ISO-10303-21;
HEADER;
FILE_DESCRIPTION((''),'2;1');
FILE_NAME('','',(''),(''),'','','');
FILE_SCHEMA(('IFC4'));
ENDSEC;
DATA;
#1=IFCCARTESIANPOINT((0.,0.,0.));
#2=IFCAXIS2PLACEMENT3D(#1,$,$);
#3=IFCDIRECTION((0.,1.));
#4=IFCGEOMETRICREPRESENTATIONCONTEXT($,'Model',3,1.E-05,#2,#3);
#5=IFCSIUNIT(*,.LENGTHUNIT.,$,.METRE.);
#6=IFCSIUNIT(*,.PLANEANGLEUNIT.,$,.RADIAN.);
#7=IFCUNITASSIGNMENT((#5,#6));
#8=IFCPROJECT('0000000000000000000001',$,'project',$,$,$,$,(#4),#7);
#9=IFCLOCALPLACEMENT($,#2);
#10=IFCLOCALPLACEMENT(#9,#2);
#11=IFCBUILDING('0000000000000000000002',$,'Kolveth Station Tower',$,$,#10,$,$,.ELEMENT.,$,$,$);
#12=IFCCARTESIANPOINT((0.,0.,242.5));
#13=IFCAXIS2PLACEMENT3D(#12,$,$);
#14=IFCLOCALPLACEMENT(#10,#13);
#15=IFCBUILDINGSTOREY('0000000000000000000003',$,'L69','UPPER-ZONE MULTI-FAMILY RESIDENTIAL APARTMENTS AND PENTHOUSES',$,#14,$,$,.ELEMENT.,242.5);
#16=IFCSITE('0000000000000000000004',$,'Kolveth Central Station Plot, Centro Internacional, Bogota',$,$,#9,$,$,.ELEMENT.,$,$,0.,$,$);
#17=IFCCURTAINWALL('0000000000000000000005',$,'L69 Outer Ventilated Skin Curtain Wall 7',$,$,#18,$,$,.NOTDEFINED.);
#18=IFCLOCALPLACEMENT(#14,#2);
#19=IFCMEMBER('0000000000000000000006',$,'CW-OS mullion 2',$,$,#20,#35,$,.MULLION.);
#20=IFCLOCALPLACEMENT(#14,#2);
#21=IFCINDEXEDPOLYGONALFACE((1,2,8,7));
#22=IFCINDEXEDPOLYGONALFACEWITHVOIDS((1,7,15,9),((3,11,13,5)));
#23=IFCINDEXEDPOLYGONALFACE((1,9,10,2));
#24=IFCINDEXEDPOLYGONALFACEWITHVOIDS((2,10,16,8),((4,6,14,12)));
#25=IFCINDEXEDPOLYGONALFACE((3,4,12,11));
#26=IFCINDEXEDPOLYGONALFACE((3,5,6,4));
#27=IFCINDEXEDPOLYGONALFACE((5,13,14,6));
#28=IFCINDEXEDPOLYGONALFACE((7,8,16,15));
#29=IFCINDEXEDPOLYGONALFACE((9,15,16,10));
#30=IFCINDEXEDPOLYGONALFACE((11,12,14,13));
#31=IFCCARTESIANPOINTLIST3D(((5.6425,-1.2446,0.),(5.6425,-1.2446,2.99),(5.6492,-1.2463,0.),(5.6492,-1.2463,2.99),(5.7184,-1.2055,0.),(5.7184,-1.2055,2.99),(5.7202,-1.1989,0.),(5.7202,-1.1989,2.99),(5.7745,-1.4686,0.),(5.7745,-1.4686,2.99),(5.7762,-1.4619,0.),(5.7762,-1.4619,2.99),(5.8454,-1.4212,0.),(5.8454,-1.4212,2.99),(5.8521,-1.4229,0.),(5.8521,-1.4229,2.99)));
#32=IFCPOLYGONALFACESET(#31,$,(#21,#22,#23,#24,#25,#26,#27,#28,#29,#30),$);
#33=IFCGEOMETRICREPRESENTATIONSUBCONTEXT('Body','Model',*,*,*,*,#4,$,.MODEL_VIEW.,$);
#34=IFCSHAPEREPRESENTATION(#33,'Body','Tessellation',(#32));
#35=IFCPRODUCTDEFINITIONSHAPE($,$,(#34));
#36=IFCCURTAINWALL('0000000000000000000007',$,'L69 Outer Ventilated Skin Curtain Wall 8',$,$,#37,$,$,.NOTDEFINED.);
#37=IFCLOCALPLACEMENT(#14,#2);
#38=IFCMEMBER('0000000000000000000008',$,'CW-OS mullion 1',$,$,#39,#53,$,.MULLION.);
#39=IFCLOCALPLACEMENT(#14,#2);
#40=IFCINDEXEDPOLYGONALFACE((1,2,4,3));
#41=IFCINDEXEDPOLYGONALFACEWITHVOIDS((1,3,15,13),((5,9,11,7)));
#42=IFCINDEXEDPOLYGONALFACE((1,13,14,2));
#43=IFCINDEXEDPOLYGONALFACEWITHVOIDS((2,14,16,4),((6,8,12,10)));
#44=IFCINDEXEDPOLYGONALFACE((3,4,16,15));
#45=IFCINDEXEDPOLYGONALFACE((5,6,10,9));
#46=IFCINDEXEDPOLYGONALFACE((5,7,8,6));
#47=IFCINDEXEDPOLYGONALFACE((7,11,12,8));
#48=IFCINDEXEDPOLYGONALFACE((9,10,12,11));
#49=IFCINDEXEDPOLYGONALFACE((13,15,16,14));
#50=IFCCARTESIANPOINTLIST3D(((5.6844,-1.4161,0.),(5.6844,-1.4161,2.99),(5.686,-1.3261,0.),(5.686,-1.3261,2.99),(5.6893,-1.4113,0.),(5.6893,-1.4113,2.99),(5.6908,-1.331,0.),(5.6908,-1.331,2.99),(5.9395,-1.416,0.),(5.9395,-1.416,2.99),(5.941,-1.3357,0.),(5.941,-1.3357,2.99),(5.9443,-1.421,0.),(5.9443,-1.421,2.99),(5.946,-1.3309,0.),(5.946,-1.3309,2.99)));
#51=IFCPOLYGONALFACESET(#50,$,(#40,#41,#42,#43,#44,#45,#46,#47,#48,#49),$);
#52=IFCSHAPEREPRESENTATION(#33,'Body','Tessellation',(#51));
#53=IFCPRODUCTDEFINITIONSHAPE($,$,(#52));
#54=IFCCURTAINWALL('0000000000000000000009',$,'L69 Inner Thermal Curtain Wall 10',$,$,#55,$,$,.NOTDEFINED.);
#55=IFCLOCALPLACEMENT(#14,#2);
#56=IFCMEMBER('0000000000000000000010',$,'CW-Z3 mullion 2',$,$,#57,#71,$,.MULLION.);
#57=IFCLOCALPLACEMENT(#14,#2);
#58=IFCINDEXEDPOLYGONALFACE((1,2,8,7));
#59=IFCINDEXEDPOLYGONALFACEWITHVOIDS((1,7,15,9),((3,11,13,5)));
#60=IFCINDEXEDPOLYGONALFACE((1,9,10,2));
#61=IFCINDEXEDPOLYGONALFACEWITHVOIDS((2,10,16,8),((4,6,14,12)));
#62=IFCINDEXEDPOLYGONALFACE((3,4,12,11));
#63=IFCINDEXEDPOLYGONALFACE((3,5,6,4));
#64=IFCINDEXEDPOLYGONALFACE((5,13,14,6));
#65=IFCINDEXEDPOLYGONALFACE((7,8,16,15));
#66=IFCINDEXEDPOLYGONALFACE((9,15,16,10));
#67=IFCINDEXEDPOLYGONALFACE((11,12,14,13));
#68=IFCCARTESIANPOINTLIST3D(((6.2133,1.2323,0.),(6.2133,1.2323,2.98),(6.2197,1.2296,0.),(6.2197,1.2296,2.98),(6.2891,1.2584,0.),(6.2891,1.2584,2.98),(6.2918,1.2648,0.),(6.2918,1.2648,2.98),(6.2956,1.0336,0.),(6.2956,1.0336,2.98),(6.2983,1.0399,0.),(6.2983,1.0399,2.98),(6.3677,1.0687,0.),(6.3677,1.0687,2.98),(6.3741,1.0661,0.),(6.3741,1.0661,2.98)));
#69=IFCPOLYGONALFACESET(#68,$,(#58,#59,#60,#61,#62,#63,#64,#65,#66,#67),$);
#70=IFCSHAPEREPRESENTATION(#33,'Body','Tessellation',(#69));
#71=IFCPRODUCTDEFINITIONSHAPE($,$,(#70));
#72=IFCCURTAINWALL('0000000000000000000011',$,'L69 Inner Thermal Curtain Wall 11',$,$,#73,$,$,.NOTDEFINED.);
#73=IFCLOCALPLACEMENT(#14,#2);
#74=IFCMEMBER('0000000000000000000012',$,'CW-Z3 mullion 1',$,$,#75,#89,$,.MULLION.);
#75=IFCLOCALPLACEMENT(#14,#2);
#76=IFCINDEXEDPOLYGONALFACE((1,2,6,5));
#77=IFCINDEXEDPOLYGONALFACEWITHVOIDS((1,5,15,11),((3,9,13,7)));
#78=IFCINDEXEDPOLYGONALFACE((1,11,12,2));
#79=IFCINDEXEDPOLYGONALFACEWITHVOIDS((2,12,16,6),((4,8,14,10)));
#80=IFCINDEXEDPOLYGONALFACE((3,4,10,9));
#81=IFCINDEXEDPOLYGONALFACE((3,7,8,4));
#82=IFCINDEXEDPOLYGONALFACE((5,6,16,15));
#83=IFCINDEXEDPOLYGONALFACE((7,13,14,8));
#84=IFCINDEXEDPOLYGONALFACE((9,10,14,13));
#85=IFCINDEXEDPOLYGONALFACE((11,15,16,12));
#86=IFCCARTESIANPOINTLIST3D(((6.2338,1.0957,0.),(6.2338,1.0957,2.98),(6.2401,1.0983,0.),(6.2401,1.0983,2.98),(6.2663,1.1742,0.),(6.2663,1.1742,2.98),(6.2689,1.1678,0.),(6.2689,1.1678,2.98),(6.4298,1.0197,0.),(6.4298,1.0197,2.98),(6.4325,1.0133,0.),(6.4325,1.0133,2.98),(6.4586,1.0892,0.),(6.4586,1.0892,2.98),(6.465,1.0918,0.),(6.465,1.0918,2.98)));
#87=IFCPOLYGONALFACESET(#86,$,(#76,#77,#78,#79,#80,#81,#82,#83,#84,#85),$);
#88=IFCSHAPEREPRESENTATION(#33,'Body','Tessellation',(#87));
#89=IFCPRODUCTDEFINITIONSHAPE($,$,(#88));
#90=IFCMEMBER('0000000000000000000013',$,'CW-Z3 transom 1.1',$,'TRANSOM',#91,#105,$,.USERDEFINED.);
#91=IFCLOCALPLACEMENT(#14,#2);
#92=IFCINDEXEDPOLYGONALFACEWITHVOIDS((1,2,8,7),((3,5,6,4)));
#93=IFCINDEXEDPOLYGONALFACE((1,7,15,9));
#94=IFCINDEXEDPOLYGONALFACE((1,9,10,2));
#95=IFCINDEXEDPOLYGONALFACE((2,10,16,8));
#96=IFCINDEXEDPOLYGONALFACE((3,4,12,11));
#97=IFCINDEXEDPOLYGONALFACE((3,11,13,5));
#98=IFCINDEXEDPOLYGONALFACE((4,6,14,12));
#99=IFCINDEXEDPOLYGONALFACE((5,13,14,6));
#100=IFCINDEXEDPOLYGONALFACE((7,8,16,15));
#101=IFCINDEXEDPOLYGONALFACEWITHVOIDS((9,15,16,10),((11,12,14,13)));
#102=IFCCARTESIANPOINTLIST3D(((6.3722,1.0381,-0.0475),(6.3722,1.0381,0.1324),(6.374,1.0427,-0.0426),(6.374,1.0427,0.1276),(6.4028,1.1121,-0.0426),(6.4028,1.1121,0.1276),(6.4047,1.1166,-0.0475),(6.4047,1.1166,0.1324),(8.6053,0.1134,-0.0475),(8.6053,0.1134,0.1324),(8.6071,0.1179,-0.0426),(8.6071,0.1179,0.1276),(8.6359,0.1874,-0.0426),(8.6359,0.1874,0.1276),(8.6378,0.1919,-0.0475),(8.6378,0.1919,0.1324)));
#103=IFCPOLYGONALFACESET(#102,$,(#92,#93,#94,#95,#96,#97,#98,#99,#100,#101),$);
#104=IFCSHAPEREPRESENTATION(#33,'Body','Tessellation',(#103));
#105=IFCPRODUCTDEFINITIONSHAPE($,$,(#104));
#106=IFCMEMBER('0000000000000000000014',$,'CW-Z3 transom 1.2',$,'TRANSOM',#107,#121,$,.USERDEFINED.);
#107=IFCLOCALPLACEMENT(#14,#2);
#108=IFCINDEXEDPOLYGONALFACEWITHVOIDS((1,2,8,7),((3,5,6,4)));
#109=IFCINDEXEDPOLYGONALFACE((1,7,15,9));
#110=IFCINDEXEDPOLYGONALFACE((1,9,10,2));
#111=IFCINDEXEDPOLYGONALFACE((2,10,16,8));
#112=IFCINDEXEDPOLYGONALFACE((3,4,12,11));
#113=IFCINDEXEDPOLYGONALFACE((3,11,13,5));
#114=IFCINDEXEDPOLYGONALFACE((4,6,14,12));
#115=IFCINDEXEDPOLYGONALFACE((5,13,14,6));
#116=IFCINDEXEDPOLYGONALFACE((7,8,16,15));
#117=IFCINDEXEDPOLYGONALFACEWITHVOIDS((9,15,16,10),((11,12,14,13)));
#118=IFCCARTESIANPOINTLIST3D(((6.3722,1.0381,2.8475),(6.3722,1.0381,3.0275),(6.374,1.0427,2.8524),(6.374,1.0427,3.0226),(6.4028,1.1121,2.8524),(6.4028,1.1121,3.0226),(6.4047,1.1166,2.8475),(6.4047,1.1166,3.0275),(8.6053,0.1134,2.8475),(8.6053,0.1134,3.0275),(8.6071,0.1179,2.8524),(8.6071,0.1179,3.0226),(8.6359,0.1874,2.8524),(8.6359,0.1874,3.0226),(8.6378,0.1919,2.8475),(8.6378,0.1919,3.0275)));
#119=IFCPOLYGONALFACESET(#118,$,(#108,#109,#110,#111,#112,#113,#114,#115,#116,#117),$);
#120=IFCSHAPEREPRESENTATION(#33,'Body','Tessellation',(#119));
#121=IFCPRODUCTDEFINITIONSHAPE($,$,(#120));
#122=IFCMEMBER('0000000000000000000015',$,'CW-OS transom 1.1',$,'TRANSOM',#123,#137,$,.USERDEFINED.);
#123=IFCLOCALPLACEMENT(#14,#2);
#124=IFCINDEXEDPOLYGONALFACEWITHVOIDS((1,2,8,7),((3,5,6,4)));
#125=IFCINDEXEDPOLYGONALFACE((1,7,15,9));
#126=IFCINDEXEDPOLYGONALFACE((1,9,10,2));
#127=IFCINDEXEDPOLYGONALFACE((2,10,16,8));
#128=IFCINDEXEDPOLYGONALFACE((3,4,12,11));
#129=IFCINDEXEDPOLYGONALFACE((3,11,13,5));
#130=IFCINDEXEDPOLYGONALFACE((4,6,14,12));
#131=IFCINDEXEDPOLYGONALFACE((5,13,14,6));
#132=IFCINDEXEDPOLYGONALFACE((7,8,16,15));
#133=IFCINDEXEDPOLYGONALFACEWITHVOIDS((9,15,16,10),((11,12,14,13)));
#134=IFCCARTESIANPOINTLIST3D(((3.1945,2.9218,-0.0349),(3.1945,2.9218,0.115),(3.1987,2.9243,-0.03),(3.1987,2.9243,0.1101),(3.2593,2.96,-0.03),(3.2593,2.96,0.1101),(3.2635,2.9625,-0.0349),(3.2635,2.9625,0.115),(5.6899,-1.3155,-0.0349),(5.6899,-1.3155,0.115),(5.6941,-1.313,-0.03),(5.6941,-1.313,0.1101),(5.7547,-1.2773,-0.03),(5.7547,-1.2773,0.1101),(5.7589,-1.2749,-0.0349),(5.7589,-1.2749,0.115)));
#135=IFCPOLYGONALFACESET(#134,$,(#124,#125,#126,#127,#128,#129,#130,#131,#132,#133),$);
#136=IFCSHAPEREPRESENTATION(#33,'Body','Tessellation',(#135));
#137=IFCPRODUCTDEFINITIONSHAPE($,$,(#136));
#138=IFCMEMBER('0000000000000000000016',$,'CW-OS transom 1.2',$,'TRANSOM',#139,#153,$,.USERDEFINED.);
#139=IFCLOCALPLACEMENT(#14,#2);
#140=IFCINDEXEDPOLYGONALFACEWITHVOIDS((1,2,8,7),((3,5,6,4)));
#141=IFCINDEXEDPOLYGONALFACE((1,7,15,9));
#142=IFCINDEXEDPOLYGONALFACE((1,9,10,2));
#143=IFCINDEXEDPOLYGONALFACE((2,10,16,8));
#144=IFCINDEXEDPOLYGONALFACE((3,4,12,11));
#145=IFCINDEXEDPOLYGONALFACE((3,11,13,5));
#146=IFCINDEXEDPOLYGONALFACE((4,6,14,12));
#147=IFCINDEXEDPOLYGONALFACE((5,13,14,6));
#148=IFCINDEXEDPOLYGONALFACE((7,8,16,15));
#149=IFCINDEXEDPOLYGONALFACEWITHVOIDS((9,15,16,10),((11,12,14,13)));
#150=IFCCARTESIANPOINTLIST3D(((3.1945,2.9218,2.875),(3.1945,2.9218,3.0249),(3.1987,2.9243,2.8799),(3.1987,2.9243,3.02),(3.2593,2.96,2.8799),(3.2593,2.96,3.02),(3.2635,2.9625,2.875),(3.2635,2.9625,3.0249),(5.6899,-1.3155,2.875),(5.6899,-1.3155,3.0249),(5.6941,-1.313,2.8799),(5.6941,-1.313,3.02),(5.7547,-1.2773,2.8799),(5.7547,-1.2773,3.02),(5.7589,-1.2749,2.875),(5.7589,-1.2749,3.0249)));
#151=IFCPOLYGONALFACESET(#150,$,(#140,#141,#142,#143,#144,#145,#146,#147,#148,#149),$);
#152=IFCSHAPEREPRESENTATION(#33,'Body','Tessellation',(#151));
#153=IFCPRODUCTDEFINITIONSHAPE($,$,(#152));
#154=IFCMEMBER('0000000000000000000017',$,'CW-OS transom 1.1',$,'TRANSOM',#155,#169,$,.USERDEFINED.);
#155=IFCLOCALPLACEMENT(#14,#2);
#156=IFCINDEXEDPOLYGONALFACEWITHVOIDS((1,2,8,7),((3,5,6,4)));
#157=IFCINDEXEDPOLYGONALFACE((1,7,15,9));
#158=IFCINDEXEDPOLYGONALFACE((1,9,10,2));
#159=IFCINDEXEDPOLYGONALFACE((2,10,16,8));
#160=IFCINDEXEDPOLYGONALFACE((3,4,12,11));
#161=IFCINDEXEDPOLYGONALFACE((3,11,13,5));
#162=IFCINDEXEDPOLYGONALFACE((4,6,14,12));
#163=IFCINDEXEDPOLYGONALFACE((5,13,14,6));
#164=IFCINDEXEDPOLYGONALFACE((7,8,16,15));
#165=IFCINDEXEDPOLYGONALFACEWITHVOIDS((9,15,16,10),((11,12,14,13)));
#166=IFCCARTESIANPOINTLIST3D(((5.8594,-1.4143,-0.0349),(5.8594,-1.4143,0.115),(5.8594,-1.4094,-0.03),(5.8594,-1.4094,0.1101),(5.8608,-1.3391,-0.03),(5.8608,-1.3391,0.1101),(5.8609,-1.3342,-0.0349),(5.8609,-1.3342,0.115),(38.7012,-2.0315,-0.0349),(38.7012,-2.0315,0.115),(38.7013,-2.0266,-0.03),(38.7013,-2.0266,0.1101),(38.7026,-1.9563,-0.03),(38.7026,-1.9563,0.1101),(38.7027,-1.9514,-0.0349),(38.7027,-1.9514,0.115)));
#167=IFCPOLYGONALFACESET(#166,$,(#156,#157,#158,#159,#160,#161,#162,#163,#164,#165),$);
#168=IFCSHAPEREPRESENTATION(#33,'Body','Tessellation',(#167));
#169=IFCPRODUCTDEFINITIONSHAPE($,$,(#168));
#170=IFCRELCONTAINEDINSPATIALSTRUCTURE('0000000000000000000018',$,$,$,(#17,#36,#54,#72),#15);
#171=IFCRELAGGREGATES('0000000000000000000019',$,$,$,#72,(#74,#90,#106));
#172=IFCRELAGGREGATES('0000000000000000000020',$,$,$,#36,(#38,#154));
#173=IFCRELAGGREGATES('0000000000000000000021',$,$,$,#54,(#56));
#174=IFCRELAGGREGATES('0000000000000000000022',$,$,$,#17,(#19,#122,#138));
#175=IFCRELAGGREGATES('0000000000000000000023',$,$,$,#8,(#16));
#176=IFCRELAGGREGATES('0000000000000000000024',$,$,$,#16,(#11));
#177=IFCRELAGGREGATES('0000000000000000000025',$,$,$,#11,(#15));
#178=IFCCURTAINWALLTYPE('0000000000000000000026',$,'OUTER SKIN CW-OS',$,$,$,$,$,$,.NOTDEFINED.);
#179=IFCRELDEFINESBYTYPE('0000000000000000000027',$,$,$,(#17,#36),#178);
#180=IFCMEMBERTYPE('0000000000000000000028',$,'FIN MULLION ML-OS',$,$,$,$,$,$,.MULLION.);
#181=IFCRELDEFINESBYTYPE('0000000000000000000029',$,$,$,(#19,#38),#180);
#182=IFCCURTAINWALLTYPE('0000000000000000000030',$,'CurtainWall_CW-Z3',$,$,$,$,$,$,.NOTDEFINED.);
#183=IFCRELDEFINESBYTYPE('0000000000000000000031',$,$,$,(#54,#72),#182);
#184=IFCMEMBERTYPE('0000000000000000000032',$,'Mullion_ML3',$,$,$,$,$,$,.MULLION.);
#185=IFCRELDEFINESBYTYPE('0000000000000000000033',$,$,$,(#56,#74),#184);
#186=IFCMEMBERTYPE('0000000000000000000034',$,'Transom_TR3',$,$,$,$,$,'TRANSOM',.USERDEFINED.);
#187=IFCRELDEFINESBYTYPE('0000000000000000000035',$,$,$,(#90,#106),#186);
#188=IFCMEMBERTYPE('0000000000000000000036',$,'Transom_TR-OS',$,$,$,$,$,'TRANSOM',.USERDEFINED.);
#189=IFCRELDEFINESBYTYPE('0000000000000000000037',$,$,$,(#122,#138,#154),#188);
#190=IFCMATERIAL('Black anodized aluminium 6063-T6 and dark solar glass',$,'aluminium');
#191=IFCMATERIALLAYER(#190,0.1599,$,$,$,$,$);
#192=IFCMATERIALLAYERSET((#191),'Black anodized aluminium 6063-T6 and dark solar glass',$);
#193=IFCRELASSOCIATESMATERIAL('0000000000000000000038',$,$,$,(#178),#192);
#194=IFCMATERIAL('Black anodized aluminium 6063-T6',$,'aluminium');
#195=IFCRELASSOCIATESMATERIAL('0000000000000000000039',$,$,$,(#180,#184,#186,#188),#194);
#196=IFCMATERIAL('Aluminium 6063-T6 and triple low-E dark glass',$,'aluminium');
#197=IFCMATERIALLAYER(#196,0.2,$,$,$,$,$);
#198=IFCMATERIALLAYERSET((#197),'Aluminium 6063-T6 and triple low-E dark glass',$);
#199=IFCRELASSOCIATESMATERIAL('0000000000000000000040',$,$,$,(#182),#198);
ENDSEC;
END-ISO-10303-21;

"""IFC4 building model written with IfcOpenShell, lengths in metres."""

from ifc_helpers import new_model, si_unit, direction, frame, origin, origin_2d, place, context, subcontext, project, spatial, hollow_rectangle, extrude, source, transform, mapped, material, layer, layer_set, material_profile, profile_set, type_object, element, aggregate, save


model = new_model("IFC4")

# Units and contexts
model_context = context("Model", 3, precision=1e-05, world=origin(), true_north=direction((0.0, 1.0)))
body_context = subcontext(model_context, "Body", "Model", "MODEL_VIEW")
ifc_project = project(units=[si_unit("LENGTHUNIT", "METRE"), si_unit("PLANEANGLEUNIT", "RADIAN")], contexts=[model_context])

# Site, building, storey
site_placement = place(None, origin())
site = spatial("IfcSite", under=ifc_project, at=site_placement, Name="Kolveth Central Station Plot, Centro Internacional, Bogota", CompositionType="ELEMENT", RefElevation=0.0)
building_placement = place(site_placement, origin())
building = spatial("IfcBuilding", under=site, at=building_placement, Name="Kolveth Station Tower", CompositionType="ELEMENT")
storey_placement = place(building_placement, frame((0.0, 0.0, 242.5)))
storey = spatial("IfcBuildingStorey", under=building, at=storey_placement, Name="L69", Description="UPPER-ZONE MULTI-FAMILY RESIDENTIAL APARTMENTS AND PENTHOUSES", CompositionType="ELEMENT", Elevation=242.5)

# Curtain walls, members
ifc_material_1 = material(Name="Black anodized aluminium 6063-T6 and dark solar glass", Category="aluminium")
ifc_layer_1 = layer(ifc_material_1, 0.1599)
ifc_layer_set_1 = layer_set([ifc_layer_1], Name="Black anodized aluminium 6063-T6 and dark solar glass")
curtain_wall_type_1 = type_object("IfcCurtainWallType", Name="OUTER SKIN CW-OS", PredefinedType="NOTDEFINED", material=ifc_layer_set_1)
curtain_wall_1_placement = place(storey_placement, origin())
curtain_wall_1 = element("IfcCurtainWall", 1, at=curtain_wall_1_placement, inside=storey, type_object=curtain_wall_type_1, Name="L69 Outer Ventilated Skin Curtain Wall 7", PredefinedType="NOTDEFINED")
ifc_material_2 = material(Name="Black anodized aluminium 6063-T6", Category="aluminium")
ifc_material_profile_1 = material_profile(ifc_material_2, hollow_rectangle(XDim=0.0901, YDim=0.26, WallThickness=0.0049, at=origin_2d()), Name="ALU-90x260x5")
ifc_profile_set_1 = profile_set([ifc_material_profile_1], Name="Black anodized aluminium 6063-T6")
member_type_1 = type_object("IfcMemberType", Name="FIN MULLION ML-OS", PredefinedType="MULLION", material=ifc_profile_set_1)
shared_shape_1 = source(origin(), body_context, "Body", "SweptSolid", [
    extrude(hollow_rectangle(XDim=0.0901, YDim=0.26, WallThickness=0.0049, at=origin_2d()), origin(), (0.0, 0.0, 1.0), 2.99),
])
member_1_placement = place(storey_placement, frame((5.7473, -1.3337, 0.0), z_axis=(0.0, 0.0, 1.0), x_axis=(0.861672, 0.507465, 0.0)))
member_1 = element("IfcMember", 2, at=member_1_placement, type_object=member_type_1, Name="CW-OS mullion 2", PredefinedType="MULLION", context=body_context, shape_type="MappedRepresentation", body=[
    mapped(shared_shape_1, transform((0.0, 0.0, 0.0), x_axis=(1.0, 0.0, 0.0), y_axis=(0.0, 1.0, 0.0), z_axis=(0.0, 0.0, 1.0), scale=1.0)),
])
curtain_wall_2_placement = place(storey_placement, origin())
curtain_wall_2 = element("IfcCurtainWall", 3, at=curtain_wall_2_placement, inside=storey, type_object=curtain_wall_type_1, Name="L69 Outer Ventilated Skin Curtain Wall 8", PredefinedType="NOTDEFINED")
member_2_placement = place(storey_placement, frame((5.8152, -1.3735, 0.0), z_axis=(0.0, 0.0, 1.0), x_axis=(0.018787, 0.999824, 0.0)))
member_2 = element("IfcMember", 4, at=member_2_placement, type_object=member_type_1, Name="CW-OS mullion 1", PredefinedType="MULLION", context=body_context, shape_type="MappedRepresentation", body=[
    mapped(shared_shape_1, transform((0.0, 0.0, 0.0), x_axis=(1.0, 0.0, 0.0), y_axis=(0.0, 1.0, 0.0), z_axis=(0.0, 0.0, 1.0), scale=1.0)),
])
ifc_material_3 = material(Name="Aluminium 6063-T6 and triple low-E dark glass", Category="aluminium")
ifc_layer_2 = layer(ifc_material_3, 0.2)
ifc_layer_set_2 = layer_set([ifc_layer_2], Name="Aluminium 6063-T6 and triple low-E dark glass")
curtain_wall_type_2 = type_object("IfcCurtainWallType", Name="CurtainWall_CW-Z3", PredefinedType="NOTDEFINED", material=ifc_layer_set_2)
curtain_wall_3_placement = place(storey_placement, origin())
curtain_wall_3 = element("IfcCurtainWall", 5, at=curtain_wall_3_placement, inside=storey, type_object=curtain_wall_type_2, Name="L69 Inner Thermal Curtain Wall 10", PredefinedType="NOTDEFINED")
ifc_material_profile_2 = material_profile(ifc_material_2, hollow_rectangle(XDim=0.085, YDim=0.2151, WallThickness=0.0049, at=origin_2d()), Name="ALU-85x215x5")
ifc_profile_set_2 = profile_set([ifc_material_profile_2], Name="Black anodized aluminium 6063-T6")
member_type_2 = type_object("IfcMemberType", Name="Mullion_ML3", PredefinedType="MULLION", material=ifc_profile_set_2)
shared_shape_2 = source(origin(), body_context, "Body", "SweptSolid", [
    extrude(hollow_rectangle(XDim=0.085, YDim=0.2151, WallThickness=0.0049, at=origin_2d()), origin(), (0.0, 0.0, 1.0), 2.98),
])
member_3_placement = place(storey_placement, frame((6.2937, 1.1492, 0.0), z_axis=(0.0, 0.0, 1.0), x_axis=(0.923875, 0.382693, 0.0)))
member_3 = element("IfcMember", 6, at=member_3_placement, type_object=member_type_2, Name="CW-Z3 mullion 2", PredefinedType="MULLION", context=body_context, shape_type="MappedRepresentation", body=[
    mapped(shared_shape_2, transform((0.0, 0.0, 0.0), x_axis=(1.0, 0.0, 0.0), y_axis=(0.0, 1.0, 0.0), z_axis=(0.0, 0.0, 1.0), scale=1.0)),
])

# Curtain wall, members
curtain_wall_4_placement = place(storey_placement, origin())
curtain_wall_4 = element("IfcCurtainWall", 7, at=curtain_wall_4_placement, inside=storey, type_object=curtain_wall_type_2, Name="L69 Inner Thermal Curtain Wall 11", PredefinedType="NOTDEFINED")
member_4_placement = place(storey_placement, frame((6.3494, 1.0938, 0.0), z_axis=(0.0, 0.0, 1.0), x_axis=(0.382693, 0.923875, 0.0)))
member_4 = element("IfcMember", 8, at=member_4_placement, type_object=member_type_2, Name="CW-Z3 mullion 1", PredefinedType="MULLION", context=body_context, shape_type="MappedRepresentation", body=[
    mapped(shared_shape_2, transform((0.0, 0.0, 0.0), x_axis=(1.0, 0.0, 0.0), y_axis=(0.0, 1.0, 0.0), z_axis=(0.0, 0.0, 1.0), scale=1.0)),
])
ifc_material_profile_3 = material_profile(ifc_material_2, hollow_rectangle(XDim=0.085, YDim=0.1799, WallThickness=0.0049, at=origin_2d()), Name="ALU-85x180x5")
ifc_profile_set_3 = profile_set([ifc_material_profile_3], Name="Black anodized aluminium 6063-T6")
member_type_3 = type_object("IfcMemberType", Name="Transom_TR3", ElementType="TRANSOM", PredefinedType="USERDEFINED", material=ifc_profile_set_3)
shared_shape_3 = source(origin(), body_context, "Body", "SweptSolid", [
    extrude(hollow_rectangle(XDim=0.085, YDim=0.1799, WallThickness=0.0049, at=origin_2d()), origin(), (0.0, 0.0, 1.0), 2.417),
])
member_5_placement = place(storey_placement, frame((6.3884, 1.0774, 0.0425), z_axis=(0.923909, -0.382613, 0.0), x_axis=(0.382613, 0.923909, 0.0)))
member_5 = element("IfcMember", 9, at=member_5_placement, type_object=member_type_3, Name="CW-Z3 transom 1.1", ObjectType="TRANSOM", PredefinedType="USERDEFINED", context=body_context, shape_type="MappedRepresentation", body=[
    mapped(shared_shape_3, transform((0.0, 0.0, 0.0), x_axis=(1.0, 0.0, 0.0), y_axis=(0.0, 1.0, 0.0), z_axis=(0.0, 0.0, 1.0), scale=1.0)),
])
member_6_placement = place(storey_placement, frame((6.3884, 1.0774, 2.9375), z_axis=(0.923909, -0.382613, 0.0), x_axis=(0.382613, 0.923909, 0.0)))
member_6 = element("IfcMember", 10, at=member_6_placement, type_object=member_type_3, Name="CW-Z3 transom 1.2", ObjectType="TRANSOM", PredefinedType="USERDEFINED", context=body_context, shape_type="MappedRepresentation", body=[
    mapped(shared_shape_3, transform((0.0, 0.0, 0.0), x_axis=(1.0, 0.0, 0.0), y_axis=(0.0, 1.0, 0.0), z_axis=(0.0, 0.0, 1.0), scale=1.0)),
])
aggregate(curtain_wall_4, [member_4, member_5, member_6])

# Members
ifc_material_profile_4 = material_profile(ifc_material_2, hollow_rectangle(XDim=0.0801, YDim=0.1499, WallThickness=0.0049, at=origin_2d()), Name="ALU-80x150x5")
ifc_profile_set_4 = profile_set([ifc_material_profile_4], Name="Black anodized aluminium 6063-T6")
member_type_4 = type_object("IfcMemberType", Name="Transom_TR-OS", ElementType="TRANSOM", PredefinedType="USERDEFINED", material=ifc_profile_set_4)
shared_shape_4 = source(origin(), body_context, "Body", "SweptSolid", [
    extrude(hollow_rectangle(XDim=0.0801, YDim=0.1499, WallThickness=0.0049, at=origin_2d()), origin(), (0.0, 0.0, 1.0), 4.9175),
])
member_7_placement = place(storey_placement, frame((3.229, 2.9421, 0.04), z_axis=(0.507447, -0.861683, 0.0), x_axis=(0.861683, 0.507447, 0.0)))
member_7 = element("IfcMember", 11, at=member_7_placement, type_object=member_type_4, Name="CW-OS transom 1.1", ObjectType="TRANSOM", PredefinedType="USERDEFINED", context=body_context, shape_type="MappedRepresentation", body=[
    mapped(shared_shape_4, transform((0.0, 0.0, 0.0), x_axis=(1.0, 0.0, 0.0), y_axis=(0.0, 1.0, 0.0), z_axis=(0.0, 0.0, 1.0), scale=1.0)),
])
member_8_placement = place(storey_placement, frame((3.229, 2.9421, 2.95), z_axis=(0.507447, -0.861683, 0.0), x_axis=(0.861683, 0.507447, 0.0)))
member_8 = element("IfcMember", 12, at=member_8_placement, type_object=member_type_4, Name="CW-OS transom 1.2", ObjectType="TRANSOM", PredefinedType="USERDEFINED", context=body_context, shape_type="MappedRepresentation", body=[
    mapped(shared_shape_4, transform((0.0, 0.0, 0.0), x_axis=(1.0, 0.0, 0.0), y_axis=(0.0, 1.0, 0.0), z_axis=(0.0, 0.0, 1.0), scale=1.0)),
])
shared_shape_5 = source(origin(), body_context, "Body", "SweptSolid", [
    extrude(hollow_rectangle(XDim=0.0801, YDim=0.1499, WallThickness=0.0049, at=origin_2d()), origin(), (0.0, 0.0, 1.0), 32.8477),
])
member_9_placement = place(storey_placement, frame((5.8601, -1.3743, 0.04), z_axis=(0.999823, -0.018789, 0.0), x_axis=(0.018789, 0.999823, 0.0)))
member_9 = element("IfcMember", 13, at=member_9_placement, type_object=member_type_4, Name="CW-OS transom 1.1", ObjectType="TRANSOM", PredefinedType="USERDEFINED", context=body_context, shape_type="MappedRepresentation", body=[
    mapped(shared_shape_5, transform((0.0, 0.0, 0.0), x_axis=(1.0, 0.0, 0.0), y_axis=(0.0, 1.0, 0.0), z_axis=(0.0, 0.0, 1.0), scale=1.0)),
])
aggregate(curtain_wall_2, [member_2, member_9])

aggregate(curtain_wall_3, [member_3])
aggregate(curtain_wall_1, [member_1, member_7, member_8])

save(model, "model.ifc")
